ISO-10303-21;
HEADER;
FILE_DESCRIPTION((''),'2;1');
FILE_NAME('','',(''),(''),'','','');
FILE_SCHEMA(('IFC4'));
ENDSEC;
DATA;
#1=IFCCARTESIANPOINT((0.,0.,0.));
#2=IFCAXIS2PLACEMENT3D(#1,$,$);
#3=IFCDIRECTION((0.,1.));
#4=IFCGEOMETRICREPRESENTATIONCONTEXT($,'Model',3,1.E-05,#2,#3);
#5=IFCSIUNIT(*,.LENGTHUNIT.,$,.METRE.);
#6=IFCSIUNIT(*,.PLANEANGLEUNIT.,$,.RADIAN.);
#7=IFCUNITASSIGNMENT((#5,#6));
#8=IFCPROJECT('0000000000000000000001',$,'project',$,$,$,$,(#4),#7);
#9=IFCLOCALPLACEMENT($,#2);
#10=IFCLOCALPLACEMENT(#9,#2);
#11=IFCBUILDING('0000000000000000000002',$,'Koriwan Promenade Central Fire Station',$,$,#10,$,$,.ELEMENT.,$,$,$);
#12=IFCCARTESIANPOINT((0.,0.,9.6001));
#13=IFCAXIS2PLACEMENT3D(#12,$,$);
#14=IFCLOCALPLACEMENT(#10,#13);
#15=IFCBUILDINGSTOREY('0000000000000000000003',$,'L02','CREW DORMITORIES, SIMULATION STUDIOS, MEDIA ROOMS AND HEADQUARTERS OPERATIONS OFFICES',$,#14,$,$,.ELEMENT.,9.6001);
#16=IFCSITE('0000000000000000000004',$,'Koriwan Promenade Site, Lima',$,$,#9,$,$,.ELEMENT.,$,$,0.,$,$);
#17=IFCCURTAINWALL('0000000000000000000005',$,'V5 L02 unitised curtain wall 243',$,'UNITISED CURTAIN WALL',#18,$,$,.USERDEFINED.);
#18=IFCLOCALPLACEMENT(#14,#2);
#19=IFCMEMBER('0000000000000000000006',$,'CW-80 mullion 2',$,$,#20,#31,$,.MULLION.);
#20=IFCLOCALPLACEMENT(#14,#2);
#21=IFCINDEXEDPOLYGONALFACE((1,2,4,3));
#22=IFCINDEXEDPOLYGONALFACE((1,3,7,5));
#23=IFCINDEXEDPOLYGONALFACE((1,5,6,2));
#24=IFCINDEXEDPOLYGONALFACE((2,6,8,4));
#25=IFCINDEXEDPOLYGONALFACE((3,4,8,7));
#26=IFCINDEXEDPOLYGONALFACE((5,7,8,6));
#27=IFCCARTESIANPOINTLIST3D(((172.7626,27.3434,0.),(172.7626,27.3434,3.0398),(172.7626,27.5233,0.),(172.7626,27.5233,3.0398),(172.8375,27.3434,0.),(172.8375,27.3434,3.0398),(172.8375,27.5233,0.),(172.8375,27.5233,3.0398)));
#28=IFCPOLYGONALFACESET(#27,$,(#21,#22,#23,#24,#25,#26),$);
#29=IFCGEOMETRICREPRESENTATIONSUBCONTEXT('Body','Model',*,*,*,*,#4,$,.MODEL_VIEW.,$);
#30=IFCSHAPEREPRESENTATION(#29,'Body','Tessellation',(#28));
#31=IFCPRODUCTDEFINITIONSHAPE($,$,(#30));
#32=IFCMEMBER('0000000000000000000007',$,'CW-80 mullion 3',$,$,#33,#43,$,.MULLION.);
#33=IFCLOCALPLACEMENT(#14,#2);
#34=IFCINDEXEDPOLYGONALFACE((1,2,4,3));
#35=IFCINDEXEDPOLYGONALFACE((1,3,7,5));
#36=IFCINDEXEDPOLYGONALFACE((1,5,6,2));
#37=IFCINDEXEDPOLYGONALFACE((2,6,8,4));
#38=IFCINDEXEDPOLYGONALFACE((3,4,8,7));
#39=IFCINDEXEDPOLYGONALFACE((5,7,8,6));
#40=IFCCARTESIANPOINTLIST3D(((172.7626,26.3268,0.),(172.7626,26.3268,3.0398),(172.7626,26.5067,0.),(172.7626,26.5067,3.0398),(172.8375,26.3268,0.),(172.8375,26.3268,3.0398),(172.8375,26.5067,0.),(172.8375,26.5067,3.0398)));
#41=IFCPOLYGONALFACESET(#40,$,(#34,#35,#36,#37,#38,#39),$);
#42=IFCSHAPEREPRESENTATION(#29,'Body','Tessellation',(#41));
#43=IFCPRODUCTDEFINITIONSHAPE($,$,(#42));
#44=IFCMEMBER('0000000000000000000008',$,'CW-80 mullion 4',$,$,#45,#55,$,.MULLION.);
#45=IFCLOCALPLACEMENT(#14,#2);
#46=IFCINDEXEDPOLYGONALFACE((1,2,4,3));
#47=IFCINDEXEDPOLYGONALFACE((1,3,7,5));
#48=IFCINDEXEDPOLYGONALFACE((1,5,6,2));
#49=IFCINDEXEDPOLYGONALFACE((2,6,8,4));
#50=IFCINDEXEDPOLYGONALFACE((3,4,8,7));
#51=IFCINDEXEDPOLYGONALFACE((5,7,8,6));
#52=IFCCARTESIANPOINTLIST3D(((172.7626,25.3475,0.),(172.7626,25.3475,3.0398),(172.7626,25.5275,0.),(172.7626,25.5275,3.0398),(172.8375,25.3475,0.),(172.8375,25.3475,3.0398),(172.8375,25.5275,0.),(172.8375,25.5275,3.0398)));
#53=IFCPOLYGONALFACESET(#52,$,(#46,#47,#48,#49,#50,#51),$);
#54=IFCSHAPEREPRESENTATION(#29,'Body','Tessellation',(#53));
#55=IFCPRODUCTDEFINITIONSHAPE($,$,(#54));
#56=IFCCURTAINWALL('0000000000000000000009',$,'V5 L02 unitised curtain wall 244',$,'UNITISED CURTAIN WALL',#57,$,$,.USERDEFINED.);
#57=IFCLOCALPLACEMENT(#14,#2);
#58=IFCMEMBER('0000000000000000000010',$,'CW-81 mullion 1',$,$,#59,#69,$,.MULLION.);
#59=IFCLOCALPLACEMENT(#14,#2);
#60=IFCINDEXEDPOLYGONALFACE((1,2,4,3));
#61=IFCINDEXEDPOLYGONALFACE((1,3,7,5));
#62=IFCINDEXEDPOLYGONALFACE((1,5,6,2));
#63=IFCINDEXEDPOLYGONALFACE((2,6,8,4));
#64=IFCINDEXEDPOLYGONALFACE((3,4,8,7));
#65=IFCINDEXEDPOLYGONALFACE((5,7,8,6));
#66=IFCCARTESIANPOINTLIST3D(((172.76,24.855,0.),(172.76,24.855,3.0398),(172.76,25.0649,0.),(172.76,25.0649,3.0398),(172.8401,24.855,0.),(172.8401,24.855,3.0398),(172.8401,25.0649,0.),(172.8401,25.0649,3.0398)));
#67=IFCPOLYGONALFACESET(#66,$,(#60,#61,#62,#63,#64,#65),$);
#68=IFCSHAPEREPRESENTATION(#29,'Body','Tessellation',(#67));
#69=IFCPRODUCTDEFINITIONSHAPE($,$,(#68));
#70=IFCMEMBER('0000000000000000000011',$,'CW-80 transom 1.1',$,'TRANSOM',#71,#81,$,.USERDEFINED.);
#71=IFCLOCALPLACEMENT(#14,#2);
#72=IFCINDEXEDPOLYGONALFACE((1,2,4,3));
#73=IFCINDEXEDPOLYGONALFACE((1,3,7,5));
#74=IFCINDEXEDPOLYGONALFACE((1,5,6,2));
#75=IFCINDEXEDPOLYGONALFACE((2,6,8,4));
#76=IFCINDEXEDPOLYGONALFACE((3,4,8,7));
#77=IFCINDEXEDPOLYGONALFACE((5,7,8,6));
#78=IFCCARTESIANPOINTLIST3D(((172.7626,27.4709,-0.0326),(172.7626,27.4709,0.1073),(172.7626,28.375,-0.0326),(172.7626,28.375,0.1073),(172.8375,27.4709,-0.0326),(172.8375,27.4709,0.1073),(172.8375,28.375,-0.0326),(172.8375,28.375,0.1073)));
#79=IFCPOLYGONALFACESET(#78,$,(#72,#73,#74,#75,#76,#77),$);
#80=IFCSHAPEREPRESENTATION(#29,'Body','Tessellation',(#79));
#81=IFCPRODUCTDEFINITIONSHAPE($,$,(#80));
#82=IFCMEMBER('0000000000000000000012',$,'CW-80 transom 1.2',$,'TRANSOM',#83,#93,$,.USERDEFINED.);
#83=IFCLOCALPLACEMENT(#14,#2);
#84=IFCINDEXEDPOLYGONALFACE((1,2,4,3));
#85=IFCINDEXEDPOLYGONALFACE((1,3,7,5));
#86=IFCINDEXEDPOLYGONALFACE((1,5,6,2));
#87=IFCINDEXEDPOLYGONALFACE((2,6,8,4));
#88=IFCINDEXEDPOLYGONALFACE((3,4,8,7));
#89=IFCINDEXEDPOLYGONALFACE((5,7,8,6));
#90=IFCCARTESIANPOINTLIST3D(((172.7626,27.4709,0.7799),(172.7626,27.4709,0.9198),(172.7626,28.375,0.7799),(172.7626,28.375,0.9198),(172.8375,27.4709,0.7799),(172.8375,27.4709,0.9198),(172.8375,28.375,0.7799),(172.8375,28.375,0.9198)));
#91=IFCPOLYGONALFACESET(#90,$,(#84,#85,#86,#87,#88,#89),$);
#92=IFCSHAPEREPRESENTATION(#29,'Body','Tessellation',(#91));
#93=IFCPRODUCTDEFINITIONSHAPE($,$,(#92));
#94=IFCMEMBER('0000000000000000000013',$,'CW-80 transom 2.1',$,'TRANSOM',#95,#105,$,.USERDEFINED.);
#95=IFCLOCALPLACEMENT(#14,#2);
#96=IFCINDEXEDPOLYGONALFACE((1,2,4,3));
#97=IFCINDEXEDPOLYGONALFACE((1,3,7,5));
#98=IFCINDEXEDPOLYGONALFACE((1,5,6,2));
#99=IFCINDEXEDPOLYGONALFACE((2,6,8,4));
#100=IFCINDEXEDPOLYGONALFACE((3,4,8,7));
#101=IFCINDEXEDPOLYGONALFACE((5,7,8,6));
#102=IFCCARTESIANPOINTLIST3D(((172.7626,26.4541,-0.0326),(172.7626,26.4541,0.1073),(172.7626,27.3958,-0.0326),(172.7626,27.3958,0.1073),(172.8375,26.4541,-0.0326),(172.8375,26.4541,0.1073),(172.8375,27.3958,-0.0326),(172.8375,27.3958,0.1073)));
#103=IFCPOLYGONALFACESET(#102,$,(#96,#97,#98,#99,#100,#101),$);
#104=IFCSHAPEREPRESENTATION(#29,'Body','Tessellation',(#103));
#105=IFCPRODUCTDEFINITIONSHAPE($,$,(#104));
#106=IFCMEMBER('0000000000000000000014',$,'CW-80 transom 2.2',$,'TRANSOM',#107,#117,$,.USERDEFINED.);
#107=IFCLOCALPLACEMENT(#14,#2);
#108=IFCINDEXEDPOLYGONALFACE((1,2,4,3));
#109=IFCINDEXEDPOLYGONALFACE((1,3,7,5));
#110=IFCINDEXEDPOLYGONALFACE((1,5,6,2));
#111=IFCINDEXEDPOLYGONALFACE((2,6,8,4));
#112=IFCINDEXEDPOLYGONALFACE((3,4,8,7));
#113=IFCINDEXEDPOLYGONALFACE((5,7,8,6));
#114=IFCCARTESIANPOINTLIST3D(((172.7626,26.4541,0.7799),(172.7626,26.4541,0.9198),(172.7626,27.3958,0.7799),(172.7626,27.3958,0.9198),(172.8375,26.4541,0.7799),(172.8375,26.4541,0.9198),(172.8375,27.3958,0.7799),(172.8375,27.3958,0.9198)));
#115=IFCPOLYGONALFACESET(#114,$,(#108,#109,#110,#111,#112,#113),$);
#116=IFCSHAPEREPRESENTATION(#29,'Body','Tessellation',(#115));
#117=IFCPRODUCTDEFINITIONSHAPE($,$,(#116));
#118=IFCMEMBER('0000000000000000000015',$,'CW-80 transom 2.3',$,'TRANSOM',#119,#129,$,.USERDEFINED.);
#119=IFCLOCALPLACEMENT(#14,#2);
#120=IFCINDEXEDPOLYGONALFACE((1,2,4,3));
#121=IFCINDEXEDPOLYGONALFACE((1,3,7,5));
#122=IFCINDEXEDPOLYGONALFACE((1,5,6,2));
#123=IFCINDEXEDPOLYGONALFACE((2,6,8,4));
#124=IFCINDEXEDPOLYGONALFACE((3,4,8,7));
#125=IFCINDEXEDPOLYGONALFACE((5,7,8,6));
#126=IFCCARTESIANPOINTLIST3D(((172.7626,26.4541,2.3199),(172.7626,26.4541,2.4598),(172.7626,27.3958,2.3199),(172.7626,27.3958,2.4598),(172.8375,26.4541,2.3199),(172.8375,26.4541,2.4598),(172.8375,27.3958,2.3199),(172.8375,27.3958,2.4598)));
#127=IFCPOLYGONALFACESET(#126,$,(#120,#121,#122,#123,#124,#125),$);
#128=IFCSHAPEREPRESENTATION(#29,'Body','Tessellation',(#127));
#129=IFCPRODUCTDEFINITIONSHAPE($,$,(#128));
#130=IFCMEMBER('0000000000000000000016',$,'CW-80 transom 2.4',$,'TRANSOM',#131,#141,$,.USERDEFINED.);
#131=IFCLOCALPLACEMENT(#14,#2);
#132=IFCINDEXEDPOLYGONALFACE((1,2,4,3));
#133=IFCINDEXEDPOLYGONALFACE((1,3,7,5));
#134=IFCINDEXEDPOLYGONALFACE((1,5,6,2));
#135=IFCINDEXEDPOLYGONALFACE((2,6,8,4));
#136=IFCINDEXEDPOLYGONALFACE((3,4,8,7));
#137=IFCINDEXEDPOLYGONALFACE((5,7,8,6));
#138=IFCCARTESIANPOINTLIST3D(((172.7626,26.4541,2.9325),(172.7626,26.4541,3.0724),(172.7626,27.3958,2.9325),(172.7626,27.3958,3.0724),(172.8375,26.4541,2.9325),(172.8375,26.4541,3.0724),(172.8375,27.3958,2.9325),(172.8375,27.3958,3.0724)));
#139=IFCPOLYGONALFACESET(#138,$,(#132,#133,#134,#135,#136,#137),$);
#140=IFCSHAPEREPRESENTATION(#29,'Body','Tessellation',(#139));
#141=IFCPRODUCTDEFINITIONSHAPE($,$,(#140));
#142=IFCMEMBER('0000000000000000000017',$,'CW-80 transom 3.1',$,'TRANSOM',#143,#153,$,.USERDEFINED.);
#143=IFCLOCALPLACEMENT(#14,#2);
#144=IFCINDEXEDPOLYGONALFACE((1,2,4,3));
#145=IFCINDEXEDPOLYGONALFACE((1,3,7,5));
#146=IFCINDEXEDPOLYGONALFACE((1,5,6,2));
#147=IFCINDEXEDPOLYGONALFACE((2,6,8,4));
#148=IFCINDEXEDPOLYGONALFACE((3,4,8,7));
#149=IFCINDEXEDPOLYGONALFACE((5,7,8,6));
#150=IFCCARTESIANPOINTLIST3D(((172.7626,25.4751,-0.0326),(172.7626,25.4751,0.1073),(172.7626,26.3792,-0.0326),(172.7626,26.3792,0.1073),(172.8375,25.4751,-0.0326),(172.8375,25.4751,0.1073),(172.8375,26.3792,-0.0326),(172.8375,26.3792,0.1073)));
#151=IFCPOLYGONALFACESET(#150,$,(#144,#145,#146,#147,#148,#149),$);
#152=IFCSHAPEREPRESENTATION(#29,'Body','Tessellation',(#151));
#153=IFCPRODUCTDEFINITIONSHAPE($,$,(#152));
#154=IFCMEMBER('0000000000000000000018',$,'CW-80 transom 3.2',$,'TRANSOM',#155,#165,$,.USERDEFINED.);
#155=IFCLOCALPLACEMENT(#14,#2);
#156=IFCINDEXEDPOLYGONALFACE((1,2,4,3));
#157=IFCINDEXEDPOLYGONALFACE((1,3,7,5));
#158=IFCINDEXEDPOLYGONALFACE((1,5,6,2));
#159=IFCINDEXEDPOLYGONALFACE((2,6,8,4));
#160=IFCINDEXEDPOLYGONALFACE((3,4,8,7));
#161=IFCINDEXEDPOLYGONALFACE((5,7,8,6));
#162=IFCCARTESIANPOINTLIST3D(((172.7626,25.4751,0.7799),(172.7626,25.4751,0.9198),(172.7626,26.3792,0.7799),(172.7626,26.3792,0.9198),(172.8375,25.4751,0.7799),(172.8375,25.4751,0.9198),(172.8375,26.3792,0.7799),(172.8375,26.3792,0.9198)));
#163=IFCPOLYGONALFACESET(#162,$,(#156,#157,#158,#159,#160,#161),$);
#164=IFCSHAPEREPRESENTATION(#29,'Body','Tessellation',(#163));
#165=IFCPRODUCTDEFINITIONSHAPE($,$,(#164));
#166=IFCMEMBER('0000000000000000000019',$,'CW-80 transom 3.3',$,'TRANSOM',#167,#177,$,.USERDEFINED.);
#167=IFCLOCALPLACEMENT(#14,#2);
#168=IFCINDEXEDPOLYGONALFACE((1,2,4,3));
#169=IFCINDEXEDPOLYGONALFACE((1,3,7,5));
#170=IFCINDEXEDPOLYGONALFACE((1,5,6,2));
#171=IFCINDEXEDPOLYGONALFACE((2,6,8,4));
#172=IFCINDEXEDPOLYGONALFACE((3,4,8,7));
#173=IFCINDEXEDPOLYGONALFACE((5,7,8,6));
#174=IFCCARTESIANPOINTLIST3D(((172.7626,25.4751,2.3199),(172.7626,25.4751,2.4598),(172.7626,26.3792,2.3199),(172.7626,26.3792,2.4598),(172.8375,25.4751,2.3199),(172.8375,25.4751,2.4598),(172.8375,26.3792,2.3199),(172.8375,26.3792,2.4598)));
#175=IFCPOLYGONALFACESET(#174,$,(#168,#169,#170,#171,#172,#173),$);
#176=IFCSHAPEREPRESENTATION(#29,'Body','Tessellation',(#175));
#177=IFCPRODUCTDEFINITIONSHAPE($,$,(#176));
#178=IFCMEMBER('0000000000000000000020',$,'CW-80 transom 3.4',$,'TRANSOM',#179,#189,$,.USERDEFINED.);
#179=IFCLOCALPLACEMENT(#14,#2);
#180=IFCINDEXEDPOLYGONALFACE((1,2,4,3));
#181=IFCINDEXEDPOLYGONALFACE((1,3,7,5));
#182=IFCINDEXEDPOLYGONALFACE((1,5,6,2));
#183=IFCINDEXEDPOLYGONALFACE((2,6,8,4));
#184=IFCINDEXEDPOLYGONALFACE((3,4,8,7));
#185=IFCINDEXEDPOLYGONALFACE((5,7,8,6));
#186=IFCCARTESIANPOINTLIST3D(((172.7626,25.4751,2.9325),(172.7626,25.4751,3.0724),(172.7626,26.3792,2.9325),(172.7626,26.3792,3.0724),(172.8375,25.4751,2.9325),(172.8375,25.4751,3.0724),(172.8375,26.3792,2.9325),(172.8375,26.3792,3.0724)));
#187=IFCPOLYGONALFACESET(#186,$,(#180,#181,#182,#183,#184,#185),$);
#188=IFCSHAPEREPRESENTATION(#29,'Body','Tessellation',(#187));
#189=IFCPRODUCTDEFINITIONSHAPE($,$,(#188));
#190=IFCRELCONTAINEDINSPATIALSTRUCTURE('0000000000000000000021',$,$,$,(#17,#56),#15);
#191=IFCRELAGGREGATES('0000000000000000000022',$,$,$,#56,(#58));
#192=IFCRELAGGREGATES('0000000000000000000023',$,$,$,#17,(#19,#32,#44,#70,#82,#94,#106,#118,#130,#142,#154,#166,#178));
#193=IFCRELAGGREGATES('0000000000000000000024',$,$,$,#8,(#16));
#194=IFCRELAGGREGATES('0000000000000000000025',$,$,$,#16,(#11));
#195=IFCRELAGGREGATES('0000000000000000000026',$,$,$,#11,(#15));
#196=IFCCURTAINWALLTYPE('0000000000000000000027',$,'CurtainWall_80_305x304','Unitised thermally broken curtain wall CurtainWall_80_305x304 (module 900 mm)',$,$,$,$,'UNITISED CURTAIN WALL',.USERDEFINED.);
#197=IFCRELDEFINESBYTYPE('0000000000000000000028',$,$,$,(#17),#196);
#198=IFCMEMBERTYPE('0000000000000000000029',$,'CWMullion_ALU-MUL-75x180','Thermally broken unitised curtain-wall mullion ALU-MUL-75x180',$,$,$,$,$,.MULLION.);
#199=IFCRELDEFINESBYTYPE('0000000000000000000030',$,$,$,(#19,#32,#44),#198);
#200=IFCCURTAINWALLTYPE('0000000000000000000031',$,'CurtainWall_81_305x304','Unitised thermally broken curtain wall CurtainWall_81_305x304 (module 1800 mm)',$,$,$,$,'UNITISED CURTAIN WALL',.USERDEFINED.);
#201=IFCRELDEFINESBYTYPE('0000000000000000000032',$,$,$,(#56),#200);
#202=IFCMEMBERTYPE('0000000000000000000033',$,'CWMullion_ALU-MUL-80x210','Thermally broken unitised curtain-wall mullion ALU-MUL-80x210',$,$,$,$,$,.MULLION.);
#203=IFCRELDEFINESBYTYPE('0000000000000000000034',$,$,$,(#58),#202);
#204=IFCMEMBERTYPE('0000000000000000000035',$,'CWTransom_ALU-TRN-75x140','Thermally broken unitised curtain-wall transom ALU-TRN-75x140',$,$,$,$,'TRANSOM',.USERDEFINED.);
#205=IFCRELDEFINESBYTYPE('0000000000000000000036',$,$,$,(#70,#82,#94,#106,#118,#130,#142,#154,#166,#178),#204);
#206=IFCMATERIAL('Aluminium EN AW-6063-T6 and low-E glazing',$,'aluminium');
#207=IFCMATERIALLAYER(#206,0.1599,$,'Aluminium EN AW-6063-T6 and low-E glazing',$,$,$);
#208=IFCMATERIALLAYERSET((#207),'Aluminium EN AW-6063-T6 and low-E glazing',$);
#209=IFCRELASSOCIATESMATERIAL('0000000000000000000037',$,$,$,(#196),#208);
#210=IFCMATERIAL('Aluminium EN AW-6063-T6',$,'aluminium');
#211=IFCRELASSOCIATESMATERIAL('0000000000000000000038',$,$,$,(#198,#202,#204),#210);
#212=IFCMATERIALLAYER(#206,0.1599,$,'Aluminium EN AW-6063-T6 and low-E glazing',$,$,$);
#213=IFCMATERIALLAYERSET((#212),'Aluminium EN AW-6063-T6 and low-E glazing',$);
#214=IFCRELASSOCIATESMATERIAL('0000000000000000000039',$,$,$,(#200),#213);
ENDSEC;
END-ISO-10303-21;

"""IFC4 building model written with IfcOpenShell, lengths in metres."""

from ifc_helpers import new_model, si_unit, direction, frame, origin, origin_2d, place, context, subcontext, project, spatial, rectangle, extrude, material, layer, layer_set, material_profile, profile_set, type_object, element, aggregate, save


model = new_model("IFC4")

# Units and contexts
model_context = context("Model", 3, precision=1e-05, world=origin(), true_north=direction((0.0, 1.0)))
body_context = subcontext(model_context, "Body", "Model", "MODEL_VIEW")
ifc_project = project(units=[si_unit("LENGTHUNIT", "METRE"), si_unit("PLANEANGLEUNIT", "RADIAN")], contexts=[model_context])

# Site, building, storey
site_placement = place(None, origin())
site = spatial("IfcSite", under=ifc_project, at=site_placement, Name="Koriwan Promenade Site, Lima", CompositionType="ELEMENT", RefElevation=0.0)
building_placement = place(site_placement, origin())
building = spatial("IfcBuilding", under=site, at=building_placement, Name="Koriwan Promenade Central Fire Station", CompositionType="ELEMENT")
storey_placement = place(building_placement, frame((0.0, 0.0, 9.6001)))
storey = spatial("IfcBuildingStorey", under=building, at=storey_placement, Name="L02", Description="CREW DORMITORIES, SIMULATION STUDIOS, MEDIA ROOMS AND HEADQUARTERS OPERATIONS OFFICES", CompositionType="ELEMENT", Elevation=9.6001)

# Curtain wall, members
ifc_material_1 = material(Name="Aluminium EN AW-6063-T6 and low-E glazing", Category="aluminium")
ifc_layer_1 = layer(ifc_material_1, 0.1599, Name="Aluminium EN AW-6063-T6 and low-E glazing")
ifc_layer_set_1 = layer_set([ifc_layer_1], Name="Aluminium EN AW-6063-T6 and low-E glazing")
curtain_wall_type_1 = type_object("IfcCurtainWallType", Name="CurtainWall_80_305x304", Description="Unitised thermally broken curtain wall CurtainWall_80_305x304 (module 900 mm)", ElementType="UNITISED CURTAIN WALL", PredefinedType="USERDEFINED", material=ifc_layer_set_1)
curtain_wall_1_placement = place(storey_placement, origin())
curtain_wall_1 = element("IfcCurtainWall", 1, at=curtain_wall_1_placement, inside=storey, type_object=curtain_wall_type_1, Name="V5 L02 unitised curtain wall 243", ObjectType="UNITISED CURTAIN WALL", PredefinedType="USERDEFINED")
ifc_material_2 = material(Name="Aluminium EN AW-6063-T6", Category="aluminium")
ifc_material_profile_1 = material_profile(ifc_material_2, rectangle(XDim=0.075, YDim=0.1799, at=origin_2d()), Name="ALU-MUL-75x180")
ifc_profile_set_1 = profile_set([ifc_material_profile_1], Name="Aluminium EN AW-6063-T6")
member_type_1 = type_object("IfcMemberType", Name="CWMullion_ALU-MUL-75x180", Description="Thermally broken unitised curtain-wall mullion ALU-MUL-75x180", PredefinedType="MULLION", material=ifc_profile_set_1)
member_1_placement = place(storey_placement, frame((172.8, 27.4333, 0.0), z_axis=(0.0, 0.0, 1.0), x_axis=(1.0, 0.0, 0.0)))
member_1 = element("IfcMember", 2, at=member_1_placement, type_object=member_type_1, Name="CW-80 mullion 2", PredefinedType="MULLION", context=body_context, shape_type="SweptSolid", body=[
    extrude(rectangle(XDim=0.075, YDim=0.1799, at=origin_2d()), origin(), (0.0, 0.0, 1.0), 3.0398),
])
member_2_placement = place(storey_placement, frame((172.8, 26.4167, 0.0), z_axis=(0.0, 0.0, 1.0), x_axis=(1.0, 0.0, 0.0)))
member_2 = element("IfcMember", 3, at=member_2_placement, type_object=member_type_1, Name="CW-80 mullion 3", PredefinedType="MULLION", context=body_context, shape_type="SweptSolid", body=[
    extrude(rectangle(XDim=0.075, YDim=0.1799, at=origin_2d()), origin(), (0.0, 0.0, 1.0), 3.0398),
])
member_3_placement = place(storey_placement, frame((172.8, 25.4375, 0.0), z_axis=(0.0, 0.0, 1.0), x_axis=(1.0, 0.0, 0.0)))
member_3 = element("IfcMember", 4, at=member_3_placement, type_object=member_type_1, Name="CW-80 mullion 4", PredefinedType="MULLION", context=body_context, shape_type="SweptSolid", body=[
    extrude(rectangle(XDim=0.075, YDim=0.1799, at=origin_2d()), origin(), (0.0, 0.0, 1.0), 3.0398),
])

# Curtain wall, member
ifc_layer_2 = layer(ifc_material_1, 0.1599, Name="Aluminium EN AW-6063-T6 and low-E glazing")
ifc_layer_set_2 = layer_set([ifc_layer_2], Name="Aluminium EN AW-6063-T6 and low-E glazing")
curtain_wall_type_2 = type_object("IfcCurtainWallType", Name="CurtainWall_81_305x304", Description="Unitised thermally broken curtain wall CurtainWall_81_305x304 (module 1800 mm)", ElementType="UNITISED CURTAIN WALL", PredefinedType="USERDEFINED", material=ifc_layer_set_2)
curtain_wall_2_placement = place(storey_placement, origin())
curtain_wall_2 = element("IfcCurtainWall", 5, at=curtain_wall_2_placement, inside=storey, type_object=curtain_wall_type_2, Name="V5 L02 unitised curtain wall 244", ObjectType="UNITISED CURTAIN WALL", PredefinedType="USERDEFINED")
ifc_material_profile_2 = material_profile(ifc_material_2, rectangle(XDim=0.0801, YDim=0.21, at=origin_2d()), Name="ALU-MUL-80x210")
ifc_profile_set_2 = profile_set([ifc_material_profile_2], Name="Aluminium EN AW-6063-T6")
member_type_2 = type_object("IfcMemberType", Name="CWMullion_ALU-MUL-80x210", Description="Thermally broken unitised curtain-wall mullion ALU-MUL-80x210", PredefinedType="MULLION", material=ifc_profile_set_2)
member_4_placement = place(storey_placement, frame((172.8, 24.96, 0.0), z_axis=(0.0, 0.0, 1.0), x_axis=(1.0, 0.0, 0.0)))
member_4 = element("IfcMember", 6, at=member_4_placement, type_object=member_type_2, Name="CW-81 mullion 1", PredefinedType="MULLION", context=body_context, shape_type="SweptSolid", body=[
    extrude(rectangle(XDim=0.0801, YDim=0.21, at=origin_2d()), origin(), (0.0, 0.0, 1.0), 3.0398),
])

# Members
ifc_material_profile_3 = material_profile(ifc_material_2, rectangle(XDim=0.075, YDim=0.1399, at=origin_2d()), Name="ALU-TRN-75x140")
ifc_profile_set_3 = profile_set([ifc_material_profile_3], Name="Aluminium EN AW-6063-T6")
member_type_3 = type_object("IfcMemberType", Name="CWTransom_ALU-TRN-75x140", Description="Thermally broken unitised curtain-wall transom ALU-TRN-75x140", ElementType="TRANSOM", PredefinedType="USERDEFINED", material=ifc_profile_set_3)
member_5_placement = place(storey_placement, frame((172.8, 28.375, 0.0374), z_axis=(0.0, -1.0, 0.0), x_axis=(1.0, 0.0, 0.0)))
member_5 = element("IfcMember", 7, at=member_5_placement, type_object=member_type_3, Name="CW-80 transom 1.1", ObjectType="TRANSOM", PredefinedType="USERDEFINED", context=body_context, shape_type="SweptSolid", body=[
    extrude(rectangle(XDim=0.075, YDim=0.1399, at=origin_2d()), origin(), (0.0, 0.0, 1.0), 0.9041),
])
member_6_placement = place(storey_placement, frame((172.8, 28.375, 0.8499), z_axis=(0.0, -1.0, 0.0), x_axis=(1.0, 0.0, 0.0)))
member_6 = element("IfcMember", 8, at=member_6_placement, type_object=member_type_3, Name="CW-80 transom 1.2", ObjectType="TRANSOM", PredefinedType="USERDEFINED", context=body_context, shape_type="SweptSolid", body=[
    extrude(rectangle(XDim=0.075, YDim=0.1399, at=origin_2d()), origin(), (0.0, 0.0, 1.0), 0.9041),
])
member_7_placement = place(storey_placement, frame((172.8, 27.3958, 0.0374), z_axis=(0.0, -1.0, 0.0), x_axis=(1.0, 0.0, 0.0)))
member_7 = element("IfcMember", 9, at=member_7_placement, type_object=member_type_3, Name="CW-80 transom 2.1", ObjectType="TRANSOM", PredefinedType="USERDEFINED", context=body_context, shape_type="SweptSolid", body=[
    extrude(rectangle(XDim=0.075, YDim=0.1399, at=origin_2d()), origin(), (0.0, 0.0, 1.0), 0.9417),
])
member_8_placement = place(storey_placement, frame((172.8, 27.3958, 0.8499), z_axis=(0.0, -1.0, 0.0), x_axis=(1.0, 0.0, 0.0)))
member_8 = element("IfcMember", 10, at=member_8_placement, type_object=member_type_3, Name="CW-80 transom 2.2", ObjectType="TRANSOM", PredefinedType="USERDEFINED", context=body_context, shape_type="SweptSolid", body=[
    extrude(rectangle(XDim=0.075, YDim=0.1399, at=origin_2d()), origin(), (0.0, 0.0, 1.0), 0.9417),
])
member_9_placement = place(storey_placement, frame((172.8, 27.3958, 2.3899), z_axis=(0.0, -1.0, 0.0), x_axis=(1.0, 0.0, 0.0)))
member_9 = element("IfcMember", 11, at=member_9_placement, type_object=member_type_3, Name="CW-80 transom 2.3", ObjectType="TRANSOM", PredefinedType="USERDEFINED", context=body_context, shape_type="SweptSolid", body=[
    extrude(rectangle(XDim=0.075, YDim=0.1399, at=origin_2d()), origin(), (0.0, 0.0, 1.0), 0.9417),
])
member_10_placement = place(storey_placement, frame((172.8, 27.3958, 3.0024), z_axis=(0.0, -1.0, 0.0), x_axis=(1.0, 0.0, 0.0)))
member_10 = element("IfcMember", 12, at=member_10_placement, type_object=member_type_3, Name="CW-80 transom 2.4", ObjectType="TRANSOM", PredefinedType="USERDEFINED", context=body_context, shape_type="SweptSolid", body=[
    extrude(rectangle(XDim=0.075, YDim=0.1399, at=origin_2d()), origin(), (0.0, 0.0, 1.0), 0.9417),
])
member_11_placement = place(storey_placement, frame((172.8, 26.3792, 0.0374), z_axis=(0.0, -1.0, 0.0), x_axis=(1.0, 0.0, 0.0)))
member_11 = element("IfcMember", 13, at=member_11_placement, type_object=member_type_3, Name="CW-80 transom 3.1", ObjectType="TRANSOM", PredefinedType="USERDEFINED", context=body_context, shape_type="SweptSolid", body=[
    extrude(rectangle(XDim=0.075, YDim=0.1399, at=origin_2d()), origin(), (0.0, 0.0, 1.0), 0.9041),
])
member_12_placement = place(storey_placement, frame((172.8, 26.3792, 0.8499), z_axis=(0.0, -1.0, 0.0), x_axis=(1.0, 0.0, 0.0)))
member_12 = element("IfcMember", 14, at=member_12_placement, type_object=member_type_3, Name="CW-80 transom 3.2", ObjectType="TRANSOM", PredefinedType="USERDEFINED", context=body_context, shape_type="SweptSolid", body=[
    extrude(rectangle(XDim=0.075, YDim=0.1399, at=origin_2d()), origin(), (0.0, 0.0, 1.0), 0.9041),
])
member_13_placement = place(storey_placement, frame((172.8, 26.3792, 2.3899), z_axis=(0.0, -1.0, 0.0), x_axis=(1.0, 0.0, 0.0)))
member_13 = element("IfcMember", 15, at=member_13_placement, type_object=member_type_3, Name="CW-80 transom 3.3", ObjectType="TRANSOM", PredefinedType="USERDEFINED", context=body_context, shape_type="SweptSolid", body=[
    extrude(rectangle(XDim=0.075, YDim=0.1399, at=origin_2d()), origin(), (0.0, 0.0, 1.0), 0.9041),
])
member_14_placement = place(storey_placement, frame((172.8, 26.3792, 3.0024), z_axis=(0.0, -1.0, 0.0), x_axis=(1.0, 0.0, 0.0)))
member_14 = element("IfcMember", 16, at=member_14_placement, type_object=member_type_3, Name="CW-80 transom 3.4", ObjectType="TRANSOM", PredefinedType="USERDEFINED", context=body_context, shape_type="SweptSolid", body=[
    extrude(rectangle(XDim=0.075, YDim=0.1399, at=origin_2d()), origin(), (0.0, 0.0, 1.0), 0.9041),
])
aggregate(curtain_wall_2, [member_4])

aggregate(curtain_wall_1, [member_1, member_2, member_3, member_5, member_6, member_7, member_8, member_9, member_10, member_11, member_12, member_13, member_14])

save(model, "model.ifc")
